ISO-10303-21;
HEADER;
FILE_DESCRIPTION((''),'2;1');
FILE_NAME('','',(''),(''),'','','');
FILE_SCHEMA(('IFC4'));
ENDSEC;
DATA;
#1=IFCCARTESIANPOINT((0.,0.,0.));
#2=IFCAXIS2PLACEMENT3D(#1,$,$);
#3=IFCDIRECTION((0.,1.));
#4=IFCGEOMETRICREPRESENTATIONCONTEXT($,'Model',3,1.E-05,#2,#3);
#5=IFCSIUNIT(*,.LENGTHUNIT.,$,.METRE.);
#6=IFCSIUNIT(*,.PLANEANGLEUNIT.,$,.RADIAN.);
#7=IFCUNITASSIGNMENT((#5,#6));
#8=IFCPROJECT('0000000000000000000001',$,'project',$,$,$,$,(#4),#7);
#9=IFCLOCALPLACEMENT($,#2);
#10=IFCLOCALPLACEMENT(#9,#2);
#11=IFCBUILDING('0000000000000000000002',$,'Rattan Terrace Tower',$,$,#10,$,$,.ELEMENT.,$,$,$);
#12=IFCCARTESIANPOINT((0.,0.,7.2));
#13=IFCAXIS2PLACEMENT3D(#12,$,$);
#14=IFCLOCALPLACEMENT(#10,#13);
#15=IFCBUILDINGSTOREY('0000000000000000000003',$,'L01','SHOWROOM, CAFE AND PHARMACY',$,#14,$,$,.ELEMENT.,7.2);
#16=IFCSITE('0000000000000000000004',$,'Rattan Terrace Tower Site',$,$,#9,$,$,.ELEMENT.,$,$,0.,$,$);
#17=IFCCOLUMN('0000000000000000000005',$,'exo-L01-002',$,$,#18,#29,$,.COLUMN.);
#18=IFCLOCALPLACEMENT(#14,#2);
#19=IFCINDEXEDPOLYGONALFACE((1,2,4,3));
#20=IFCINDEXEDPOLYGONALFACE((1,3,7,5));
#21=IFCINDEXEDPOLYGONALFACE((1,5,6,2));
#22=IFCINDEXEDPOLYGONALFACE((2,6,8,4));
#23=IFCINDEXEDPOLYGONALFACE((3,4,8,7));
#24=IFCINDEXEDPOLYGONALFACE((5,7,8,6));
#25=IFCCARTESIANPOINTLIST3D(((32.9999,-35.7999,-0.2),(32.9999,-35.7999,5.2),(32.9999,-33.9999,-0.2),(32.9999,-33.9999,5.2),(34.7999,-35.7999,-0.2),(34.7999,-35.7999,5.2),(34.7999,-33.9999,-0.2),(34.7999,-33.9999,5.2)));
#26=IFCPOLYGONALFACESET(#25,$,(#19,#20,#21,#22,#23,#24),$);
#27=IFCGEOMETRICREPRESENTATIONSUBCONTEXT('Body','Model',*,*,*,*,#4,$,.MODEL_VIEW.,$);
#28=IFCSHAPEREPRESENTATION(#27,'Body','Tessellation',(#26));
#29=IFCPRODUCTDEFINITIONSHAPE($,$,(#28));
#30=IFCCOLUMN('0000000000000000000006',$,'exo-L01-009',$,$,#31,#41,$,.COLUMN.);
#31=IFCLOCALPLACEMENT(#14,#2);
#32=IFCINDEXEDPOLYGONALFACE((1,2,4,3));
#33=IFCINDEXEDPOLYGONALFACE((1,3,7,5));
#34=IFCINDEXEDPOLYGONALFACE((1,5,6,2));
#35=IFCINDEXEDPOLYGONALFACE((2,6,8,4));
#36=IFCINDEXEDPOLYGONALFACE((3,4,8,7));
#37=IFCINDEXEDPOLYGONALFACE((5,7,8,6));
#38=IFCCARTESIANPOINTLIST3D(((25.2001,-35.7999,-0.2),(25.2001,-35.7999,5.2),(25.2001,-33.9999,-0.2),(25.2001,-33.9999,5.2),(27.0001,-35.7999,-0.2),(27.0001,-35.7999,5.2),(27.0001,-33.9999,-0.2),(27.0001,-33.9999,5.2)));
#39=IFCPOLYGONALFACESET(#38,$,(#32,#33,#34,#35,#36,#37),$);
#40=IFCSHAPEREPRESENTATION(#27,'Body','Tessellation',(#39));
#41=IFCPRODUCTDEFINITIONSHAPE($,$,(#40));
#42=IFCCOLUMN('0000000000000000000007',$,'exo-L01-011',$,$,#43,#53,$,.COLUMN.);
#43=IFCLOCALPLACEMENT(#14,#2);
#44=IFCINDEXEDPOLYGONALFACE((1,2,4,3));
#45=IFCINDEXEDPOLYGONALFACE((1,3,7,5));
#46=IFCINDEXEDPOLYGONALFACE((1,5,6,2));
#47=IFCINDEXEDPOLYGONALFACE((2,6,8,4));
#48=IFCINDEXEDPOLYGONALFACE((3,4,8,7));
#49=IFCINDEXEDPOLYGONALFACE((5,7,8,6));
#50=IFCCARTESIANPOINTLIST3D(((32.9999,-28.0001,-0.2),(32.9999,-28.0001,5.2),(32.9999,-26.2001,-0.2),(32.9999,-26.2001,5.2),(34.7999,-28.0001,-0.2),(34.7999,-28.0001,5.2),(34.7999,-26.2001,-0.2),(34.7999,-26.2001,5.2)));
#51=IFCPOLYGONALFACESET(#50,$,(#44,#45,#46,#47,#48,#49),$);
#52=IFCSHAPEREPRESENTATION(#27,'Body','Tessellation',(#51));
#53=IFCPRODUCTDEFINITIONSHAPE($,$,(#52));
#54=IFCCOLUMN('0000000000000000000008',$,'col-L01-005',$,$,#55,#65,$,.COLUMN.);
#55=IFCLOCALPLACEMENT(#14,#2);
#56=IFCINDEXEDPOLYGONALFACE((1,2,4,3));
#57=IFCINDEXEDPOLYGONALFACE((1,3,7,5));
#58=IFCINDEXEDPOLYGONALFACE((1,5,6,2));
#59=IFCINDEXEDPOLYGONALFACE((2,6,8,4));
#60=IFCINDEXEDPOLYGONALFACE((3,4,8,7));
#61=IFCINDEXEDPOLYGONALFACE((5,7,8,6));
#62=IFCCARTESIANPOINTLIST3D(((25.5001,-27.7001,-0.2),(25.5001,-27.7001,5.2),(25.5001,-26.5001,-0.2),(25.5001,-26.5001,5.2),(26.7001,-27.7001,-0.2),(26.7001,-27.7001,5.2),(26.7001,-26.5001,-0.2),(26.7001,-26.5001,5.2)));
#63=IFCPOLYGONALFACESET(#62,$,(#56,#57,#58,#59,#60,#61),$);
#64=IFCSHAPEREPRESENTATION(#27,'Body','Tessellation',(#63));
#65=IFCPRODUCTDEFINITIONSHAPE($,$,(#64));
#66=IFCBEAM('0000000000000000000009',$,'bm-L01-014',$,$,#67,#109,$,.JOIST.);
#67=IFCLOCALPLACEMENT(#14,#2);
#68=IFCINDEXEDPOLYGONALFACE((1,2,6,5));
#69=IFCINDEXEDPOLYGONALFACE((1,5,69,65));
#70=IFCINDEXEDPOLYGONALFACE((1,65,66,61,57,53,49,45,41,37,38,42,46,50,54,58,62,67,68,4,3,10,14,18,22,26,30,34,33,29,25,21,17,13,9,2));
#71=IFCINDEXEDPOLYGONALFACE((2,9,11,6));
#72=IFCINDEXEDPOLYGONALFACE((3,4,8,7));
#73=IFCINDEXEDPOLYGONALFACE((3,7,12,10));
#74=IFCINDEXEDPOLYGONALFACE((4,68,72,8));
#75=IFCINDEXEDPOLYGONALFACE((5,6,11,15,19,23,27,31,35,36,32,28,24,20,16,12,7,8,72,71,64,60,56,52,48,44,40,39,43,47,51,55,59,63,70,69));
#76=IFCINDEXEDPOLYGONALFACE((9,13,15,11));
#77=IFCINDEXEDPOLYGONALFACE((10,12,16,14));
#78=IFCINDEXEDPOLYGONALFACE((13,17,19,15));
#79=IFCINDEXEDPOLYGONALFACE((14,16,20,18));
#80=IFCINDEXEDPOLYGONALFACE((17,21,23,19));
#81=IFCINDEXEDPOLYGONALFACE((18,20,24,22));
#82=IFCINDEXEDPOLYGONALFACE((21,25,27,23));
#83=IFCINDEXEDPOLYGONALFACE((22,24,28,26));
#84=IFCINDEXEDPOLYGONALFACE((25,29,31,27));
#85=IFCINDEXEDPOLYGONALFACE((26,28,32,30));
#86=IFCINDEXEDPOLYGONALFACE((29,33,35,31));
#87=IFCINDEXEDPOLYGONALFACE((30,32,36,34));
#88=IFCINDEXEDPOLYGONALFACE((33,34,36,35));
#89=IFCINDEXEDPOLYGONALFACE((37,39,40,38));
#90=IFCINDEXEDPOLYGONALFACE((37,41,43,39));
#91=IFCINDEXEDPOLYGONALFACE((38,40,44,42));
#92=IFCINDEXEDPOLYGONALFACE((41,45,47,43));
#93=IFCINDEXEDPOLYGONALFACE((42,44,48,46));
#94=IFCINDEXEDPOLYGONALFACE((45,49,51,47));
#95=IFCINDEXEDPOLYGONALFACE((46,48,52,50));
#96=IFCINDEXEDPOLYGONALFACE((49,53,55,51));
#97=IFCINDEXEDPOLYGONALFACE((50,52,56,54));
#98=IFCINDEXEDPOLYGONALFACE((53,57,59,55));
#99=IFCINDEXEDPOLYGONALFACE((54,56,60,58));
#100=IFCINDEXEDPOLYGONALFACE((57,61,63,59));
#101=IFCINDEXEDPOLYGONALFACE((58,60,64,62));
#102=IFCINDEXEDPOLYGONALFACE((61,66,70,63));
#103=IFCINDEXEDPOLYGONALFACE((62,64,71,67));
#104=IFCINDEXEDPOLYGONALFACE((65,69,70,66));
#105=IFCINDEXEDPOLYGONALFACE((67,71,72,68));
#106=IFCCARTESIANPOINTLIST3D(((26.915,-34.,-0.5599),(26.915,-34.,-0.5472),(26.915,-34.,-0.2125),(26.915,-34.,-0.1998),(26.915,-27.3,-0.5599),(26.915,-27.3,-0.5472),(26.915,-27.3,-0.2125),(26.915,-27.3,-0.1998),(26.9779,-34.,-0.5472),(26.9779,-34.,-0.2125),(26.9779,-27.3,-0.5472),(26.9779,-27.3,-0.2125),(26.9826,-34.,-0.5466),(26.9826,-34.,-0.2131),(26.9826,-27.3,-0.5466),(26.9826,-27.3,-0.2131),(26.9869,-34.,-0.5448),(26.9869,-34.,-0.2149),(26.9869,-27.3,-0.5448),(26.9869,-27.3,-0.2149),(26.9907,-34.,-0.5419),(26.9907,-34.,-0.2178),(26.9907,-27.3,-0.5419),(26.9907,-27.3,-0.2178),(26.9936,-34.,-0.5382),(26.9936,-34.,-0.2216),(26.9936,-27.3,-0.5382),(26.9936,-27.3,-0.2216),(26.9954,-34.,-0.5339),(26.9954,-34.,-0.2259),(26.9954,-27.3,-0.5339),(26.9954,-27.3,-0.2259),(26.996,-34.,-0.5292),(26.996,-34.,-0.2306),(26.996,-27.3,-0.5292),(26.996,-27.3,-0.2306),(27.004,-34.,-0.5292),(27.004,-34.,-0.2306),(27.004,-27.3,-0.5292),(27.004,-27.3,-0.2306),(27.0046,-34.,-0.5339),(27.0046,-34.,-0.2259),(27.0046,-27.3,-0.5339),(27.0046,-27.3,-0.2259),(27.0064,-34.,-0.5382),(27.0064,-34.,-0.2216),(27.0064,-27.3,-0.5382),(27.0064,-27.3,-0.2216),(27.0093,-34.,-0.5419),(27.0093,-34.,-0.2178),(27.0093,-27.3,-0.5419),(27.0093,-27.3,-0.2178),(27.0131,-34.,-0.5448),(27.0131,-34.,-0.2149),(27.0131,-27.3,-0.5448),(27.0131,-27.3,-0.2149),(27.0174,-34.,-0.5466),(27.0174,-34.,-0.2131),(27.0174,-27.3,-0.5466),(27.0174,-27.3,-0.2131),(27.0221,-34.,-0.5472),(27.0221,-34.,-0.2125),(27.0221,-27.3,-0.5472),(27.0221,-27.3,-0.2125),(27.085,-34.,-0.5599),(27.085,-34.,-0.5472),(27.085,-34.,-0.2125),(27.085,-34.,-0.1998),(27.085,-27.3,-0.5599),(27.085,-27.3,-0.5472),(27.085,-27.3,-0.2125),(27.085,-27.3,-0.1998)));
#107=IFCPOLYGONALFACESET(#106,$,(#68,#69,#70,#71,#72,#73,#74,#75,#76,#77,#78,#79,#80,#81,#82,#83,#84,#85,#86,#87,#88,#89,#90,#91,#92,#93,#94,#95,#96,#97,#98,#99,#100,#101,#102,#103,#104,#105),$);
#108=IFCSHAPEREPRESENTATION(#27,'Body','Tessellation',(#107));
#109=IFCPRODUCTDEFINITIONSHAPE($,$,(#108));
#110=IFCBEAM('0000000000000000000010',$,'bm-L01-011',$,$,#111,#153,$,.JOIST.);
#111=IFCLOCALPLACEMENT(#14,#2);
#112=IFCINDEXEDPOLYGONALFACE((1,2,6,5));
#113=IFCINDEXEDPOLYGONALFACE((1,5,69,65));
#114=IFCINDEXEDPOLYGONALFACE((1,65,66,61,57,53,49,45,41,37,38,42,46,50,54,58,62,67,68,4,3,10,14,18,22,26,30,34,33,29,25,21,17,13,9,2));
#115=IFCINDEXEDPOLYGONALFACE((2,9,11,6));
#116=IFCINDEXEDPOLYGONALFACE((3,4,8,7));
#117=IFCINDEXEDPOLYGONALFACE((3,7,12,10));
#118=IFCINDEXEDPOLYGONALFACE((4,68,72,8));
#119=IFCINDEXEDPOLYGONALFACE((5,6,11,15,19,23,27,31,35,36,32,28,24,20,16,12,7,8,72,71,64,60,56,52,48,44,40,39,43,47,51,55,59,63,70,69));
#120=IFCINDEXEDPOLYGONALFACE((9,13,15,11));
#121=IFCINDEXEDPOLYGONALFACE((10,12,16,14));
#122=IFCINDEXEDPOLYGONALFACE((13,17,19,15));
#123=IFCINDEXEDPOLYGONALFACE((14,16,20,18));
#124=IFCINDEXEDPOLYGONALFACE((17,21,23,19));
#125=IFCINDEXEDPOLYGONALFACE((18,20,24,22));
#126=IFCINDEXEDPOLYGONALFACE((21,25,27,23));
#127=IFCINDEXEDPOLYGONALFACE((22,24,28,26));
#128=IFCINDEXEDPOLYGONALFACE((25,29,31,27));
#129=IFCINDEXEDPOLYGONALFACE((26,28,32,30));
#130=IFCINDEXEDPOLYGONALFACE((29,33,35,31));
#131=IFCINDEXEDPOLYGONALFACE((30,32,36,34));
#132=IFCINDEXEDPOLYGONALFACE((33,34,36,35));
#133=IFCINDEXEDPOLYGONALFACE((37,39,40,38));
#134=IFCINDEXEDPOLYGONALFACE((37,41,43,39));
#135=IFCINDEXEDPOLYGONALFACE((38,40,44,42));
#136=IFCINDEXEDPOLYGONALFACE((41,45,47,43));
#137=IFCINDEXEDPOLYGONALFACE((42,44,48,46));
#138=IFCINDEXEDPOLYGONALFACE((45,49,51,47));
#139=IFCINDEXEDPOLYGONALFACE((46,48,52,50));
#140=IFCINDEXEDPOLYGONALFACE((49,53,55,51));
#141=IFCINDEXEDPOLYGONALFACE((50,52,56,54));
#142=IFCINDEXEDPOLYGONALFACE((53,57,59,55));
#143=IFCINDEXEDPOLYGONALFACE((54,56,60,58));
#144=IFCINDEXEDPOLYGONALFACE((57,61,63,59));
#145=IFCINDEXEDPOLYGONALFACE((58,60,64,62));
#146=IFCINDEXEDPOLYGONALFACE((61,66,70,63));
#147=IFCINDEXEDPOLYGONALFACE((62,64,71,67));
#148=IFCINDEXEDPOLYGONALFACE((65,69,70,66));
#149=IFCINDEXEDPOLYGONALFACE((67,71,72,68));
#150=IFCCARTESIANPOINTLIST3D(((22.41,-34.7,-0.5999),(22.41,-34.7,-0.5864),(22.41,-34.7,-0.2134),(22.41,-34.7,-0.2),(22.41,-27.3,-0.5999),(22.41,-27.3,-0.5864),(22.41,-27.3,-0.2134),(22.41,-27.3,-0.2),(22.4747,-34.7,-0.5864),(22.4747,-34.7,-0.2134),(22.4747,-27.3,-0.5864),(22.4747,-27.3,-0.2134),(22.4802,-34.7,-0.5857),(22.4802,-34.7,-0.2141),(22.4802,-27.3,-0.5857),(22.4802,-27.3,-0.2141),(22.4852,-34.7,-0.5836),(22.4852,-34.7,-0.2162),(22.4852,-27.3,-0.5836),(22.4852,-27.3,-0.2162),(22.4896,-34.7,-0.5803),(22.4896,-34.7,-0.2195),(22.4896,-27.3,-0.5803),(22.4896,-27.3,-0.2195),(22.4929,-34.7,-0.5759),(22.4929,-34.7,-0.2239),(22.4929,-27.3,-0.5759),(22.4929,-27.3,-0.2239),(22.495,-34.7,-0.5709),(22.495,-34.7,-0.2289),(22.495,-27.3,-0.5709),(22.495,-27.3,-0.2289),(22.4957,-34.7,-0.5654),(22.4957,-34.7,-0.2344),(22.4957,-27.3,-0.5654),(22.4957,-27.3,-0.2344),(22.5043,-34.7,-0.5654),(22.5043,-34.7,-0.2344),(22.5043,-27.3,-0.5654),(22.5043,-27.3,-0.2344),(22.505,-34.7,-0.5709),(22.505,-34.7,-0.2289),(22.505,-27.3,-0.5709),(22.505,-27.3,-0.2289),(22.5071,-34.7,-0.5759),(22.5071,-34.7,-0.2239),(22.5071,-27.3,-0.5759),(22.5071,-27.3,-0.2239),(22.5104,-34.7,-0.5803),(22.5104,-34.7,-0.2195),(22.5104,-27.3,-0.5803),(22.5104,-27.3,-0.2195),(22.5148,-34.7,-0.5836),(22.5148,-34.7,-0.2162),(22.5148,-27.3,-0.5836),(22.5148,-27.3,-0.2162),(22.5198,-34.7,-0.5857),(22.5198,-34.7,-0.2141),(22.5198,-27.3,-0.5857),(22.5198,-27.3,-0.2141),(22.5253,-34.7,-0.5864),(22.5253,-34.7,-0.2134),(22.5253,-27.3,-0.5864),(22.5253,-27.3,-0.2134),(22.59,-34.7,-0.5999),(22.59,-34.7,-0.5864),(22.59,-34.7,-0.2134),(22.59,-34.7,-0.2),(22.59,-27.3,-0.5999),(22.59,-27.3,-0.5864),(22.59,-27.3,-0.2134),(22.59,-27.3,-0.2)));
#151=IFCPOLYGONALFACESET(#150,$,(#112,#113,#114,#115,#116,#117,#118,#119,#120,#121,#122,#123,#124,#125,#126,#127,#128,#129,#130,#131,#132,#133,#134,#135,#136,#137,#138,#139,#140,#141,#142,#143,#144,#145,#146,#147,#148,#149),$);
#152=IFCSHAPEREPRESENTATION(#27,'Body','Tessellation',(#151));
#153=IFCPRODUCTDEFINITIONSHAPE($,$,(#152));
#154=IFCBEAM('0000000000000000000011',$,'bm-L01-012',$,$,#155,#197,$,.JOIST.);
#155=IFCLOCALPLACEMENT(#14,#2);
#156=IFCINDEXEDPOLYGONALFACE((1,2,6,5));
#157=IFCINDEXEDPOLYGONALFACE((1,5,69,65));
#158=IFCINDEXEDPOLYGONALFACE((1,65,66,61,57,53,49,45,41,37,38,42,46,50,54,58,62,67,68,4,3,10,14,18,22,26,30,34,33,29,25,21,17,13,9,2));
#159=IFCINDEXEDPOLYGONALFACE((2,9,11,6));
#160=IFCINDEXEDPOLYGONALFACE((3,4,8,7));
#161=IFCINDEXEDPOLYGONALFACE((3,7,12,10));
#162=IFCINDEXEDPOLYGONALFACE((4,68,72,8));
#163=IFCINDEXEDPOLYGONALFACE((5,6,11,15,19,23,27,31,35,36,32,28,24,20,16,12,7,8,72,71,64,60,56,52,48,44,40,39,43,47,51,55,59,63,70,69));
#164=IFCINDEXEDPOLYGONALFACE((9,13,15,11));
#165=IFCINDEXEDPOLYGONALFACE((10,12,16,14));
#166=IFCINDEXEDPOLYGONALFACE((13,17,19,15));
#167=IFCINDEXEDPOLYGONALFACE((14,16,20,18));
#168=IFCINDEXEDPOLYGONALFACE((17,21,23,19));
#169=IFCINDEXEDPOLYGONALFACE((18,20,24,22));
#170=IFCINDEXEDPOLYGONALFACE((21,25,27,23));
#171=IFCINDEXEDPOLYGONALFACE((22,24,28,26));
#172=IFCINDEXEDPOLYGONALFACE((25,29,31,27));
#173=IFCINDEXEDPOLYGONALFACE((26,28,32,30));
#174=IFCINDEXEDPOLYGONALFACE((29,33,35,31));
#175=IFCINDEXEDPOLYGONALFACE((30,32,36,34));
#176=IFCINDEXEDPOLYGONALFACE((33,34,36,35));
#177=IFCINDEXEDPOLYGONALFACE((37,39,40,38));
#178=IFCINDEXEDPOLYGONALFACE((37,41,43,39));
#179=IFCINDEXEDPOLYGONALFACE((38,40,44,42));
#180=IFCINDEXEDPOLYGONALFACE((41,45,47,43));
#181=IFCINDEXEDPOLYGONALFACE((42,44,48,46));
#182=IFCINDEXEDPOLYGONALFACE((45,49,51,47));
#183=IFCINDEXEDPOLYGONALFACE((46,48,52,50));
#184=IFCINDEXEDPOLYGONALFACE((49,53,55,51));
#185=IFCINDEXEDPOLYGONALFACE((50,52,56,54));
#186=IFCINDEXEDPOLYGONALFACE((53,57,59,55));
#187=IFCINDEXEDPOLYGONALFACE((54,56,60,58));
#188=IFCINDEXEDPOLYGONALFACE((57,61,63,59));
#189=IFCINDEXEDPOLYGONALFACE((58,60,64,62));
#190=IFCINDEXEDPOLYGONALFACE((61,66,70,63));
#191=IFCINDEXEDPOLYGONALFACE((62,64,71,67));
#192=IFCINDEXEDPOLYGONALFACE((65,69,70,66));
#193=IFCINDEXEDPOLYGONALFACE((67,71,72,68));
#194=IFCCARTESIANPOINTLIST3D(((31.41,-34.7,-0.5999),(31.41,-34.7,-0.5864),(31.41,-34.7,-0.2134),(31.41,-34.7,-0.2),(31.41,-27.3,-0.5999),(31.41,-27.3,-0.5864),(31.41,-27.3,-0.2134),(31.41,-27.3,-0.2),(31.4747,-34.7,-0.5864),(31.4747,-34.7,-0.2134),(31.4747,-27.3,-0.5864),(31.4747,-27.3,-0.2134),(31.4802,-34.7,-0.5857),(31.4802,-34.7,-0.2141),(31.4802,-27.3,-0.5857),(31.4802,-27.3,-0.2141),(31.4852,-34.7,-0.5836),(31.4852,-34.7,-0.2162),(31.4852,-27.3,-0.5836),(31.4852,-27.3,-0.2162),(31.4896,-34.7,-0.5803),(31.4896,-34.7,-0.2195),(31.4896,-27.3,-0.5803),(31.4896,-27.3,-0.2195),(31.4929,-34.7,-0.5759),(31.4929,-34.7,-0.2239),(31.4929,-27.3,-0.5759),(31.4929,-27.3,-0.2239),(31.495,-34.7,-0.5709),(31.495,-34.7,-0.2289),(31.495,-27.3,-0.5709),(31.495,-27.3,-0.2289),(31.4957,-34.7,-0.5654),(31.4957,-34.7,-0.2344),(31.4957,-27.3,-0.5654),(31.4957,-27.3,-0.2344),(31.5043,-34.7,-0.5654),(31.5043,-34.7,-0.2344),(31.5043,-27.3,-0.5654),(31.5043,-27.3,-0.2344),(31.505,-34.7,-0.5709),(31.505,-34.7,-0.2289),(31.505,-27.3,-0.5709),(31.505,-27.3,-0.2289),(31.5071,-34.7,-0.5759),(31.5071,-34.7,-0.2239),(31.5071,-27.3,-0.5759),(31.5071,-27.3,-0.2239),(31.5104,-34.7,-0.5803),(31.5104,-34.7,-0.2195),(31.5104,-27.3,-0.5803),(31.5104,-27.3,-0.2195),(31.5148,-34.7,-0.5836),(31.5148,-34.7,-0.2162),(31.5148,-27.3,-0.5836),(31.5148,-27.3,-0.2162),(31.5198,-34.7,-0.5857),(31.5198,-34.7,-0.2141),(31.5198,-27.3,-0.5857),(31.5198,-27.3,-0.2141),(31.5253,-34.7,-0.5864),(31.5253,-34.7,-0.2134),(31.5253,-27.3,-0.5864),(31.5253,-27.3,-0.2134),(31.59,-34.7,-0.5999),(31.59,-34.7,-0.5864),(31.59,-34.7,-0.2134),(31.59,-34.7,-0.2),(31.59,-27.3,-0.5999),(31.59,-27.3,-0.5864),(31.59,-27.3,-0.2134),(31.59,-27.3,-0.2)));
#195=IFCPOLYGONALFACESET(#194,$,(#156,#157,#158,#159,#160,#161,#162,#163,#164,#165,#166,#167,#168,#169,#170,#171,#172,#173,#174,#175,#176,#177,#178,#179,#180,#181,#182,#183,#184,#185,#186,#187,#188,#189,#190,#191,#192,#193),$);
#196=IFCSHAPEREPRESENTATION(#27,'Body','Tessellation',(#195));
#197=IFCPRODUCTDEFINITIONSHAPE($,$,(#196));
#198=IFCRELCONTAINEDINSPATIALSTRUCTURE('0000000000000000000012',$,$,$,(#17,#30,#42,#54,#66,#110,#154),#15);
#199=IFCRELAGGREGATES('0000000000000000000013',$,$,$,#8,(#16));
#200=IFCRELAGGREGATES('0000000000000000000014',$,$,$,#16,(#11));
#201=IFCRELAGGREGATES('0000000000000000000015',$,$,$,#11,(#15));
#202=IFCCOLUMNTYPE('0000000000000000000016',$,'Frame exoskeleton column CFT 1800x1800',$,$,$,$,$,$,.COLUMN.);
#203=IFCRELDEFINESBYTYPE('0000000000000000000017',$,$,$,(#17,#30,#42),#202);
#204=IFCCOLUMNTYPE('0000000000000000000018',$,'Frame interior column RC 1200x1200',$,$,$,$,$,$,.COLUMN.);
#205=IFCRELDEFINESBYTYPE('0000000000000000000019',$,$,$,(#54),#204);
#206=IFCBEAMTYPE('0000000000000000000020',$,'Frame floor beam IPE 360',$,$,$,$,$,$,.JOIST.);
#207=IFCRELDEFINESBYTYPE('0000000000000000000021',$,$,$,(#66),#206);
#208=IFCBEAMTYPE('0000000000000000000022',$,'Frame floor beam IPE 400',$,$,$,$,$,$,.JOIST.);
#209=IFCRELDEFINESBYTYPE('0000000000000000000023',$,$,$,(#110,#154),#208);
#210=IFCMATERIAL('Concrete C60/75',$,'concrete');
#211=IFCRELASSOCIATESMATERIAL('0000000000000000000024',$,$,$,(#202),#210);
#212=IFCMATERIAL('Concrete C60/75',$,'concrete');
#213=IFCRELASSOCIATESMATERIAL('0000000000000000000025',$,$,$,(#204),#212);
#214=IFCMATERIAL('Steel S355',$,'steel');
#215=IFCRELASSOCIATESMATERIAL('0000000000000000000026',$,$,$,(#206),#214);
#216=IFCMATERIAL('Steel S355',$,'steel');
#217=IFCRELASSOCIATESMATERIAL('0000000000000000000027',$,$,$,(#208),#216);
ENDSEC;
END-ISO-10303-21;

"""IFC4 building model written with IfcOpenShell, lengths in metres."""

from ifc_helpers import new_model, si_unit, direction, frame, origin, origin_2d, place, context, subcontext, project, spatial, rectangle, i_section, extrude, material, material_profile, profile_set, type_object, element, save


model = new_model("IFC4")

# Units and contexts
model_context = context("Model", 3, precision=1e-05, world=origin(), true_north=direction((0.0, 1.0)))
body_context = subcontext(model_context, "Body", "Model", "MODEL_VIEW")
ifc_project = project(units=[si_unit("LENGTHUNIT", "METRE"), si_unit("PLANEANGLEUNIT", "RADIAN")], contexts=[model_context])

# Site, building, storey
site_placement = place(None, origin())
site = spatial("IfcSite", under=ifc_project, at=site_placement, Name="Rattan Terrace Tower Site", CompositionType="ELEMENT", RefElevation=0.0)
building_placement = place(site_placement, origin())
building = spatial("IfcBuilding", under=site, at=building_placement, Name="Rattan Terrace Tower", CompositionType="ELEMENT")
storey_placement = place(building_placement, frame((0.0, 0.0, 7.2)))
storey = spatial("IfcBuildingStorey", under=building, at=storey_placement, Name="L01", Description="SHOWROOM, CAFE AND PHARMACY", CompositionType="ELEMENT", Elevation=7.2)

# Columns
ifc_material_1 = material(Name="Concrete C60/75", Category="concrete")
ifc_material_profile_1 = material_profile(ifc_material_1, rectangle(XDim=1.8, YDim=1.8, at=origin_2d()), Name="CFT 1800x1800")
ifc_profile_set_1 = profile_set([ifc_material_profile_1], Name="Concrete C60/75")
column_type_1 = type_object("IfcColumnType", Name="Frame exoskeleton column CFT 1800x1800", PredefinedType="COLUMN", material=ifc_profile_set_1)
for number, where, z_axis, x_axis, name in (
    (1, (33.8999, -34.8999, -0.2), (0.0, 0.0, 1.0), (1.0, 0.0, 0.0), "exo-L01-002"),
    (2, (26.1001, -34.8999, -0.2), (0.0, 0.0, 1.0), (1.0, 0.0, 0.0), "exo-L01-009"),
    (3, (33.8999, -27.1001, -0.2), (0.0, 0.0, 1.0), (0.0, 1.0, 0.0), "exo-L01-011"),
):
    element("IfcColumn", number, at=place(storey_placement, frame(where, z_axis=z_axis, x_axis=x_axis)), inside=storey, type_object=column_type_1, Name=name, PredefinedType="COLUMN", context=body_context, shape_type="SweptSolid", body=[
        extrude(rectangle(XDim=1.8, YDim=1.8, at=origin_2d()), origin(), (0.0, 0.0, 1.0), 5.3999),
    ])
ifc_material_2 = material(Name="Concrete C60/75", Category="concrete")
ifc_material_profile_2 = material_profile(ifc_material_2, rectangle(XDim=1.2, YDim=1.2, at=origin_2d()), Name="RC 1200x1200")
ifc_profile_set_2 = profile_set([ifc_material_profile_2], Name="Concrete C60/75")
column_type_2 = type_object("IfcColumnType", Name="Frame interior column RC 1200x1200", PredefinedType="COLUMN", material=ifc_profile_set_2)
column_placement = place(storey_placement, frame((26.1001, -27.1001, -0.2), z_axis=(0.0, 0.0, 1.0), x_axis=(1.0, 0.0, 0.0)))
element("IfcColumn", 4, at=column_placement, inside=storey, type_object=column_type_2, Name="col-L01-005", PredefinedType="COLUMN", context=body_context, shape_type="SweptSolid", body=[
    extrude(rectangle(XDim=1.2, YDim=1.2, at=origin_2d()), origin(), (0.0, 0.0, 1.0), 5.3999),
])

# Beams
ifc_material_3 = material(Name="Steel S355", Category="steel")
ifc_material_profile_3 = material_profile(ifc_material_3, i_section(OverallWidth=0.1699, OverallDepth=0.3601, WebThickness=0.0081, FlangeThickness=0.0127, FilletRadius=0.0181, at=origin_2d()), Name="IPE 360")
ifc_profile_set_3 = profile_set([ifc_material_profile_3], Name="Steel S355")
beam_type_1 = type_object("IfcBeamType", Name="Frame floor beam IPE 360", PredefinedType="JOIST", material=ifc_profile_set_3)
beam_1_placement = place(storey_placement, frame((27.0, -34.0, -0.3799), z_axis=(0.0, 1.0, 0.0), x_axis=(-1.0, 0.0, 0.0)))
element("IfcBeam", 5, at=beam_1_placement, inside=storey, type_object=beam_type_1, Name="bm-L01-014", PredefinedType="JOIST", context=body_context, shape_type="SweptSolid", body=[
    extrude(i_section(OverallWidth=0.1699, OverallDepth=0.3601, WebThickness=0.0081, FlangeThickness=0.0127, FilletRadius=0.0181, at=origin_2d()), origin(), (0.0, 0.0, 1.0), 6.7),
])
ifc_material_4 = material(Name="Steel S355", Category="steel")
ifc_material_profile_4 = material_profile(ifc_material_4, i_section(OverallWidth=0.1799, OverallDepth=0.3999, WebThickness=0.0085, FlangeThickness=0.0134, FilletRadius=0.021, at=origin_2d()), Name="IPE 400")
ifc_profile_set_4 = profile_set([ifc_material_profile_4], Name="Steel S355")
beam_type_2 = type_object("IfcBeamType", Name="Frame floor beam IPE 400", PredefinedType="JOIST", material=ifc_profile_set_4)
for number, where, z_axis, x_axis, name in (
    (6, (22.5, -34.7, -0.3999), (0.0, 1.0, 0.0), (-1.0, 0.0, 0.0), "bm-L01-011"),
    (7, (31.5, -34.7, -0.3999), (0.0, 1.0, 0.0), (-1.0, 0.0, 0.0), "bm-L01-012"),
):
    element("IfcBeam", number, at=place(storey_placement, frame(where, z_axis=z_axis, x_axis=x_axis)), inside=storey, type_object=beam_type_2, Name=name, PredefinedType="JOIST", context=body_context, shape_type="SweptSolid", body=[
        extrude(i_section(OverallWidth=0.1799, OverallDepth=0.3999, WebThickness=0.0085, FlangeThickness=0.0134, FilletRadius=0.021, at=origin_2d()), origin(), (0.0, 0.0, 1.0), 7.3999),
    ])

save(model, "model.ifc")
